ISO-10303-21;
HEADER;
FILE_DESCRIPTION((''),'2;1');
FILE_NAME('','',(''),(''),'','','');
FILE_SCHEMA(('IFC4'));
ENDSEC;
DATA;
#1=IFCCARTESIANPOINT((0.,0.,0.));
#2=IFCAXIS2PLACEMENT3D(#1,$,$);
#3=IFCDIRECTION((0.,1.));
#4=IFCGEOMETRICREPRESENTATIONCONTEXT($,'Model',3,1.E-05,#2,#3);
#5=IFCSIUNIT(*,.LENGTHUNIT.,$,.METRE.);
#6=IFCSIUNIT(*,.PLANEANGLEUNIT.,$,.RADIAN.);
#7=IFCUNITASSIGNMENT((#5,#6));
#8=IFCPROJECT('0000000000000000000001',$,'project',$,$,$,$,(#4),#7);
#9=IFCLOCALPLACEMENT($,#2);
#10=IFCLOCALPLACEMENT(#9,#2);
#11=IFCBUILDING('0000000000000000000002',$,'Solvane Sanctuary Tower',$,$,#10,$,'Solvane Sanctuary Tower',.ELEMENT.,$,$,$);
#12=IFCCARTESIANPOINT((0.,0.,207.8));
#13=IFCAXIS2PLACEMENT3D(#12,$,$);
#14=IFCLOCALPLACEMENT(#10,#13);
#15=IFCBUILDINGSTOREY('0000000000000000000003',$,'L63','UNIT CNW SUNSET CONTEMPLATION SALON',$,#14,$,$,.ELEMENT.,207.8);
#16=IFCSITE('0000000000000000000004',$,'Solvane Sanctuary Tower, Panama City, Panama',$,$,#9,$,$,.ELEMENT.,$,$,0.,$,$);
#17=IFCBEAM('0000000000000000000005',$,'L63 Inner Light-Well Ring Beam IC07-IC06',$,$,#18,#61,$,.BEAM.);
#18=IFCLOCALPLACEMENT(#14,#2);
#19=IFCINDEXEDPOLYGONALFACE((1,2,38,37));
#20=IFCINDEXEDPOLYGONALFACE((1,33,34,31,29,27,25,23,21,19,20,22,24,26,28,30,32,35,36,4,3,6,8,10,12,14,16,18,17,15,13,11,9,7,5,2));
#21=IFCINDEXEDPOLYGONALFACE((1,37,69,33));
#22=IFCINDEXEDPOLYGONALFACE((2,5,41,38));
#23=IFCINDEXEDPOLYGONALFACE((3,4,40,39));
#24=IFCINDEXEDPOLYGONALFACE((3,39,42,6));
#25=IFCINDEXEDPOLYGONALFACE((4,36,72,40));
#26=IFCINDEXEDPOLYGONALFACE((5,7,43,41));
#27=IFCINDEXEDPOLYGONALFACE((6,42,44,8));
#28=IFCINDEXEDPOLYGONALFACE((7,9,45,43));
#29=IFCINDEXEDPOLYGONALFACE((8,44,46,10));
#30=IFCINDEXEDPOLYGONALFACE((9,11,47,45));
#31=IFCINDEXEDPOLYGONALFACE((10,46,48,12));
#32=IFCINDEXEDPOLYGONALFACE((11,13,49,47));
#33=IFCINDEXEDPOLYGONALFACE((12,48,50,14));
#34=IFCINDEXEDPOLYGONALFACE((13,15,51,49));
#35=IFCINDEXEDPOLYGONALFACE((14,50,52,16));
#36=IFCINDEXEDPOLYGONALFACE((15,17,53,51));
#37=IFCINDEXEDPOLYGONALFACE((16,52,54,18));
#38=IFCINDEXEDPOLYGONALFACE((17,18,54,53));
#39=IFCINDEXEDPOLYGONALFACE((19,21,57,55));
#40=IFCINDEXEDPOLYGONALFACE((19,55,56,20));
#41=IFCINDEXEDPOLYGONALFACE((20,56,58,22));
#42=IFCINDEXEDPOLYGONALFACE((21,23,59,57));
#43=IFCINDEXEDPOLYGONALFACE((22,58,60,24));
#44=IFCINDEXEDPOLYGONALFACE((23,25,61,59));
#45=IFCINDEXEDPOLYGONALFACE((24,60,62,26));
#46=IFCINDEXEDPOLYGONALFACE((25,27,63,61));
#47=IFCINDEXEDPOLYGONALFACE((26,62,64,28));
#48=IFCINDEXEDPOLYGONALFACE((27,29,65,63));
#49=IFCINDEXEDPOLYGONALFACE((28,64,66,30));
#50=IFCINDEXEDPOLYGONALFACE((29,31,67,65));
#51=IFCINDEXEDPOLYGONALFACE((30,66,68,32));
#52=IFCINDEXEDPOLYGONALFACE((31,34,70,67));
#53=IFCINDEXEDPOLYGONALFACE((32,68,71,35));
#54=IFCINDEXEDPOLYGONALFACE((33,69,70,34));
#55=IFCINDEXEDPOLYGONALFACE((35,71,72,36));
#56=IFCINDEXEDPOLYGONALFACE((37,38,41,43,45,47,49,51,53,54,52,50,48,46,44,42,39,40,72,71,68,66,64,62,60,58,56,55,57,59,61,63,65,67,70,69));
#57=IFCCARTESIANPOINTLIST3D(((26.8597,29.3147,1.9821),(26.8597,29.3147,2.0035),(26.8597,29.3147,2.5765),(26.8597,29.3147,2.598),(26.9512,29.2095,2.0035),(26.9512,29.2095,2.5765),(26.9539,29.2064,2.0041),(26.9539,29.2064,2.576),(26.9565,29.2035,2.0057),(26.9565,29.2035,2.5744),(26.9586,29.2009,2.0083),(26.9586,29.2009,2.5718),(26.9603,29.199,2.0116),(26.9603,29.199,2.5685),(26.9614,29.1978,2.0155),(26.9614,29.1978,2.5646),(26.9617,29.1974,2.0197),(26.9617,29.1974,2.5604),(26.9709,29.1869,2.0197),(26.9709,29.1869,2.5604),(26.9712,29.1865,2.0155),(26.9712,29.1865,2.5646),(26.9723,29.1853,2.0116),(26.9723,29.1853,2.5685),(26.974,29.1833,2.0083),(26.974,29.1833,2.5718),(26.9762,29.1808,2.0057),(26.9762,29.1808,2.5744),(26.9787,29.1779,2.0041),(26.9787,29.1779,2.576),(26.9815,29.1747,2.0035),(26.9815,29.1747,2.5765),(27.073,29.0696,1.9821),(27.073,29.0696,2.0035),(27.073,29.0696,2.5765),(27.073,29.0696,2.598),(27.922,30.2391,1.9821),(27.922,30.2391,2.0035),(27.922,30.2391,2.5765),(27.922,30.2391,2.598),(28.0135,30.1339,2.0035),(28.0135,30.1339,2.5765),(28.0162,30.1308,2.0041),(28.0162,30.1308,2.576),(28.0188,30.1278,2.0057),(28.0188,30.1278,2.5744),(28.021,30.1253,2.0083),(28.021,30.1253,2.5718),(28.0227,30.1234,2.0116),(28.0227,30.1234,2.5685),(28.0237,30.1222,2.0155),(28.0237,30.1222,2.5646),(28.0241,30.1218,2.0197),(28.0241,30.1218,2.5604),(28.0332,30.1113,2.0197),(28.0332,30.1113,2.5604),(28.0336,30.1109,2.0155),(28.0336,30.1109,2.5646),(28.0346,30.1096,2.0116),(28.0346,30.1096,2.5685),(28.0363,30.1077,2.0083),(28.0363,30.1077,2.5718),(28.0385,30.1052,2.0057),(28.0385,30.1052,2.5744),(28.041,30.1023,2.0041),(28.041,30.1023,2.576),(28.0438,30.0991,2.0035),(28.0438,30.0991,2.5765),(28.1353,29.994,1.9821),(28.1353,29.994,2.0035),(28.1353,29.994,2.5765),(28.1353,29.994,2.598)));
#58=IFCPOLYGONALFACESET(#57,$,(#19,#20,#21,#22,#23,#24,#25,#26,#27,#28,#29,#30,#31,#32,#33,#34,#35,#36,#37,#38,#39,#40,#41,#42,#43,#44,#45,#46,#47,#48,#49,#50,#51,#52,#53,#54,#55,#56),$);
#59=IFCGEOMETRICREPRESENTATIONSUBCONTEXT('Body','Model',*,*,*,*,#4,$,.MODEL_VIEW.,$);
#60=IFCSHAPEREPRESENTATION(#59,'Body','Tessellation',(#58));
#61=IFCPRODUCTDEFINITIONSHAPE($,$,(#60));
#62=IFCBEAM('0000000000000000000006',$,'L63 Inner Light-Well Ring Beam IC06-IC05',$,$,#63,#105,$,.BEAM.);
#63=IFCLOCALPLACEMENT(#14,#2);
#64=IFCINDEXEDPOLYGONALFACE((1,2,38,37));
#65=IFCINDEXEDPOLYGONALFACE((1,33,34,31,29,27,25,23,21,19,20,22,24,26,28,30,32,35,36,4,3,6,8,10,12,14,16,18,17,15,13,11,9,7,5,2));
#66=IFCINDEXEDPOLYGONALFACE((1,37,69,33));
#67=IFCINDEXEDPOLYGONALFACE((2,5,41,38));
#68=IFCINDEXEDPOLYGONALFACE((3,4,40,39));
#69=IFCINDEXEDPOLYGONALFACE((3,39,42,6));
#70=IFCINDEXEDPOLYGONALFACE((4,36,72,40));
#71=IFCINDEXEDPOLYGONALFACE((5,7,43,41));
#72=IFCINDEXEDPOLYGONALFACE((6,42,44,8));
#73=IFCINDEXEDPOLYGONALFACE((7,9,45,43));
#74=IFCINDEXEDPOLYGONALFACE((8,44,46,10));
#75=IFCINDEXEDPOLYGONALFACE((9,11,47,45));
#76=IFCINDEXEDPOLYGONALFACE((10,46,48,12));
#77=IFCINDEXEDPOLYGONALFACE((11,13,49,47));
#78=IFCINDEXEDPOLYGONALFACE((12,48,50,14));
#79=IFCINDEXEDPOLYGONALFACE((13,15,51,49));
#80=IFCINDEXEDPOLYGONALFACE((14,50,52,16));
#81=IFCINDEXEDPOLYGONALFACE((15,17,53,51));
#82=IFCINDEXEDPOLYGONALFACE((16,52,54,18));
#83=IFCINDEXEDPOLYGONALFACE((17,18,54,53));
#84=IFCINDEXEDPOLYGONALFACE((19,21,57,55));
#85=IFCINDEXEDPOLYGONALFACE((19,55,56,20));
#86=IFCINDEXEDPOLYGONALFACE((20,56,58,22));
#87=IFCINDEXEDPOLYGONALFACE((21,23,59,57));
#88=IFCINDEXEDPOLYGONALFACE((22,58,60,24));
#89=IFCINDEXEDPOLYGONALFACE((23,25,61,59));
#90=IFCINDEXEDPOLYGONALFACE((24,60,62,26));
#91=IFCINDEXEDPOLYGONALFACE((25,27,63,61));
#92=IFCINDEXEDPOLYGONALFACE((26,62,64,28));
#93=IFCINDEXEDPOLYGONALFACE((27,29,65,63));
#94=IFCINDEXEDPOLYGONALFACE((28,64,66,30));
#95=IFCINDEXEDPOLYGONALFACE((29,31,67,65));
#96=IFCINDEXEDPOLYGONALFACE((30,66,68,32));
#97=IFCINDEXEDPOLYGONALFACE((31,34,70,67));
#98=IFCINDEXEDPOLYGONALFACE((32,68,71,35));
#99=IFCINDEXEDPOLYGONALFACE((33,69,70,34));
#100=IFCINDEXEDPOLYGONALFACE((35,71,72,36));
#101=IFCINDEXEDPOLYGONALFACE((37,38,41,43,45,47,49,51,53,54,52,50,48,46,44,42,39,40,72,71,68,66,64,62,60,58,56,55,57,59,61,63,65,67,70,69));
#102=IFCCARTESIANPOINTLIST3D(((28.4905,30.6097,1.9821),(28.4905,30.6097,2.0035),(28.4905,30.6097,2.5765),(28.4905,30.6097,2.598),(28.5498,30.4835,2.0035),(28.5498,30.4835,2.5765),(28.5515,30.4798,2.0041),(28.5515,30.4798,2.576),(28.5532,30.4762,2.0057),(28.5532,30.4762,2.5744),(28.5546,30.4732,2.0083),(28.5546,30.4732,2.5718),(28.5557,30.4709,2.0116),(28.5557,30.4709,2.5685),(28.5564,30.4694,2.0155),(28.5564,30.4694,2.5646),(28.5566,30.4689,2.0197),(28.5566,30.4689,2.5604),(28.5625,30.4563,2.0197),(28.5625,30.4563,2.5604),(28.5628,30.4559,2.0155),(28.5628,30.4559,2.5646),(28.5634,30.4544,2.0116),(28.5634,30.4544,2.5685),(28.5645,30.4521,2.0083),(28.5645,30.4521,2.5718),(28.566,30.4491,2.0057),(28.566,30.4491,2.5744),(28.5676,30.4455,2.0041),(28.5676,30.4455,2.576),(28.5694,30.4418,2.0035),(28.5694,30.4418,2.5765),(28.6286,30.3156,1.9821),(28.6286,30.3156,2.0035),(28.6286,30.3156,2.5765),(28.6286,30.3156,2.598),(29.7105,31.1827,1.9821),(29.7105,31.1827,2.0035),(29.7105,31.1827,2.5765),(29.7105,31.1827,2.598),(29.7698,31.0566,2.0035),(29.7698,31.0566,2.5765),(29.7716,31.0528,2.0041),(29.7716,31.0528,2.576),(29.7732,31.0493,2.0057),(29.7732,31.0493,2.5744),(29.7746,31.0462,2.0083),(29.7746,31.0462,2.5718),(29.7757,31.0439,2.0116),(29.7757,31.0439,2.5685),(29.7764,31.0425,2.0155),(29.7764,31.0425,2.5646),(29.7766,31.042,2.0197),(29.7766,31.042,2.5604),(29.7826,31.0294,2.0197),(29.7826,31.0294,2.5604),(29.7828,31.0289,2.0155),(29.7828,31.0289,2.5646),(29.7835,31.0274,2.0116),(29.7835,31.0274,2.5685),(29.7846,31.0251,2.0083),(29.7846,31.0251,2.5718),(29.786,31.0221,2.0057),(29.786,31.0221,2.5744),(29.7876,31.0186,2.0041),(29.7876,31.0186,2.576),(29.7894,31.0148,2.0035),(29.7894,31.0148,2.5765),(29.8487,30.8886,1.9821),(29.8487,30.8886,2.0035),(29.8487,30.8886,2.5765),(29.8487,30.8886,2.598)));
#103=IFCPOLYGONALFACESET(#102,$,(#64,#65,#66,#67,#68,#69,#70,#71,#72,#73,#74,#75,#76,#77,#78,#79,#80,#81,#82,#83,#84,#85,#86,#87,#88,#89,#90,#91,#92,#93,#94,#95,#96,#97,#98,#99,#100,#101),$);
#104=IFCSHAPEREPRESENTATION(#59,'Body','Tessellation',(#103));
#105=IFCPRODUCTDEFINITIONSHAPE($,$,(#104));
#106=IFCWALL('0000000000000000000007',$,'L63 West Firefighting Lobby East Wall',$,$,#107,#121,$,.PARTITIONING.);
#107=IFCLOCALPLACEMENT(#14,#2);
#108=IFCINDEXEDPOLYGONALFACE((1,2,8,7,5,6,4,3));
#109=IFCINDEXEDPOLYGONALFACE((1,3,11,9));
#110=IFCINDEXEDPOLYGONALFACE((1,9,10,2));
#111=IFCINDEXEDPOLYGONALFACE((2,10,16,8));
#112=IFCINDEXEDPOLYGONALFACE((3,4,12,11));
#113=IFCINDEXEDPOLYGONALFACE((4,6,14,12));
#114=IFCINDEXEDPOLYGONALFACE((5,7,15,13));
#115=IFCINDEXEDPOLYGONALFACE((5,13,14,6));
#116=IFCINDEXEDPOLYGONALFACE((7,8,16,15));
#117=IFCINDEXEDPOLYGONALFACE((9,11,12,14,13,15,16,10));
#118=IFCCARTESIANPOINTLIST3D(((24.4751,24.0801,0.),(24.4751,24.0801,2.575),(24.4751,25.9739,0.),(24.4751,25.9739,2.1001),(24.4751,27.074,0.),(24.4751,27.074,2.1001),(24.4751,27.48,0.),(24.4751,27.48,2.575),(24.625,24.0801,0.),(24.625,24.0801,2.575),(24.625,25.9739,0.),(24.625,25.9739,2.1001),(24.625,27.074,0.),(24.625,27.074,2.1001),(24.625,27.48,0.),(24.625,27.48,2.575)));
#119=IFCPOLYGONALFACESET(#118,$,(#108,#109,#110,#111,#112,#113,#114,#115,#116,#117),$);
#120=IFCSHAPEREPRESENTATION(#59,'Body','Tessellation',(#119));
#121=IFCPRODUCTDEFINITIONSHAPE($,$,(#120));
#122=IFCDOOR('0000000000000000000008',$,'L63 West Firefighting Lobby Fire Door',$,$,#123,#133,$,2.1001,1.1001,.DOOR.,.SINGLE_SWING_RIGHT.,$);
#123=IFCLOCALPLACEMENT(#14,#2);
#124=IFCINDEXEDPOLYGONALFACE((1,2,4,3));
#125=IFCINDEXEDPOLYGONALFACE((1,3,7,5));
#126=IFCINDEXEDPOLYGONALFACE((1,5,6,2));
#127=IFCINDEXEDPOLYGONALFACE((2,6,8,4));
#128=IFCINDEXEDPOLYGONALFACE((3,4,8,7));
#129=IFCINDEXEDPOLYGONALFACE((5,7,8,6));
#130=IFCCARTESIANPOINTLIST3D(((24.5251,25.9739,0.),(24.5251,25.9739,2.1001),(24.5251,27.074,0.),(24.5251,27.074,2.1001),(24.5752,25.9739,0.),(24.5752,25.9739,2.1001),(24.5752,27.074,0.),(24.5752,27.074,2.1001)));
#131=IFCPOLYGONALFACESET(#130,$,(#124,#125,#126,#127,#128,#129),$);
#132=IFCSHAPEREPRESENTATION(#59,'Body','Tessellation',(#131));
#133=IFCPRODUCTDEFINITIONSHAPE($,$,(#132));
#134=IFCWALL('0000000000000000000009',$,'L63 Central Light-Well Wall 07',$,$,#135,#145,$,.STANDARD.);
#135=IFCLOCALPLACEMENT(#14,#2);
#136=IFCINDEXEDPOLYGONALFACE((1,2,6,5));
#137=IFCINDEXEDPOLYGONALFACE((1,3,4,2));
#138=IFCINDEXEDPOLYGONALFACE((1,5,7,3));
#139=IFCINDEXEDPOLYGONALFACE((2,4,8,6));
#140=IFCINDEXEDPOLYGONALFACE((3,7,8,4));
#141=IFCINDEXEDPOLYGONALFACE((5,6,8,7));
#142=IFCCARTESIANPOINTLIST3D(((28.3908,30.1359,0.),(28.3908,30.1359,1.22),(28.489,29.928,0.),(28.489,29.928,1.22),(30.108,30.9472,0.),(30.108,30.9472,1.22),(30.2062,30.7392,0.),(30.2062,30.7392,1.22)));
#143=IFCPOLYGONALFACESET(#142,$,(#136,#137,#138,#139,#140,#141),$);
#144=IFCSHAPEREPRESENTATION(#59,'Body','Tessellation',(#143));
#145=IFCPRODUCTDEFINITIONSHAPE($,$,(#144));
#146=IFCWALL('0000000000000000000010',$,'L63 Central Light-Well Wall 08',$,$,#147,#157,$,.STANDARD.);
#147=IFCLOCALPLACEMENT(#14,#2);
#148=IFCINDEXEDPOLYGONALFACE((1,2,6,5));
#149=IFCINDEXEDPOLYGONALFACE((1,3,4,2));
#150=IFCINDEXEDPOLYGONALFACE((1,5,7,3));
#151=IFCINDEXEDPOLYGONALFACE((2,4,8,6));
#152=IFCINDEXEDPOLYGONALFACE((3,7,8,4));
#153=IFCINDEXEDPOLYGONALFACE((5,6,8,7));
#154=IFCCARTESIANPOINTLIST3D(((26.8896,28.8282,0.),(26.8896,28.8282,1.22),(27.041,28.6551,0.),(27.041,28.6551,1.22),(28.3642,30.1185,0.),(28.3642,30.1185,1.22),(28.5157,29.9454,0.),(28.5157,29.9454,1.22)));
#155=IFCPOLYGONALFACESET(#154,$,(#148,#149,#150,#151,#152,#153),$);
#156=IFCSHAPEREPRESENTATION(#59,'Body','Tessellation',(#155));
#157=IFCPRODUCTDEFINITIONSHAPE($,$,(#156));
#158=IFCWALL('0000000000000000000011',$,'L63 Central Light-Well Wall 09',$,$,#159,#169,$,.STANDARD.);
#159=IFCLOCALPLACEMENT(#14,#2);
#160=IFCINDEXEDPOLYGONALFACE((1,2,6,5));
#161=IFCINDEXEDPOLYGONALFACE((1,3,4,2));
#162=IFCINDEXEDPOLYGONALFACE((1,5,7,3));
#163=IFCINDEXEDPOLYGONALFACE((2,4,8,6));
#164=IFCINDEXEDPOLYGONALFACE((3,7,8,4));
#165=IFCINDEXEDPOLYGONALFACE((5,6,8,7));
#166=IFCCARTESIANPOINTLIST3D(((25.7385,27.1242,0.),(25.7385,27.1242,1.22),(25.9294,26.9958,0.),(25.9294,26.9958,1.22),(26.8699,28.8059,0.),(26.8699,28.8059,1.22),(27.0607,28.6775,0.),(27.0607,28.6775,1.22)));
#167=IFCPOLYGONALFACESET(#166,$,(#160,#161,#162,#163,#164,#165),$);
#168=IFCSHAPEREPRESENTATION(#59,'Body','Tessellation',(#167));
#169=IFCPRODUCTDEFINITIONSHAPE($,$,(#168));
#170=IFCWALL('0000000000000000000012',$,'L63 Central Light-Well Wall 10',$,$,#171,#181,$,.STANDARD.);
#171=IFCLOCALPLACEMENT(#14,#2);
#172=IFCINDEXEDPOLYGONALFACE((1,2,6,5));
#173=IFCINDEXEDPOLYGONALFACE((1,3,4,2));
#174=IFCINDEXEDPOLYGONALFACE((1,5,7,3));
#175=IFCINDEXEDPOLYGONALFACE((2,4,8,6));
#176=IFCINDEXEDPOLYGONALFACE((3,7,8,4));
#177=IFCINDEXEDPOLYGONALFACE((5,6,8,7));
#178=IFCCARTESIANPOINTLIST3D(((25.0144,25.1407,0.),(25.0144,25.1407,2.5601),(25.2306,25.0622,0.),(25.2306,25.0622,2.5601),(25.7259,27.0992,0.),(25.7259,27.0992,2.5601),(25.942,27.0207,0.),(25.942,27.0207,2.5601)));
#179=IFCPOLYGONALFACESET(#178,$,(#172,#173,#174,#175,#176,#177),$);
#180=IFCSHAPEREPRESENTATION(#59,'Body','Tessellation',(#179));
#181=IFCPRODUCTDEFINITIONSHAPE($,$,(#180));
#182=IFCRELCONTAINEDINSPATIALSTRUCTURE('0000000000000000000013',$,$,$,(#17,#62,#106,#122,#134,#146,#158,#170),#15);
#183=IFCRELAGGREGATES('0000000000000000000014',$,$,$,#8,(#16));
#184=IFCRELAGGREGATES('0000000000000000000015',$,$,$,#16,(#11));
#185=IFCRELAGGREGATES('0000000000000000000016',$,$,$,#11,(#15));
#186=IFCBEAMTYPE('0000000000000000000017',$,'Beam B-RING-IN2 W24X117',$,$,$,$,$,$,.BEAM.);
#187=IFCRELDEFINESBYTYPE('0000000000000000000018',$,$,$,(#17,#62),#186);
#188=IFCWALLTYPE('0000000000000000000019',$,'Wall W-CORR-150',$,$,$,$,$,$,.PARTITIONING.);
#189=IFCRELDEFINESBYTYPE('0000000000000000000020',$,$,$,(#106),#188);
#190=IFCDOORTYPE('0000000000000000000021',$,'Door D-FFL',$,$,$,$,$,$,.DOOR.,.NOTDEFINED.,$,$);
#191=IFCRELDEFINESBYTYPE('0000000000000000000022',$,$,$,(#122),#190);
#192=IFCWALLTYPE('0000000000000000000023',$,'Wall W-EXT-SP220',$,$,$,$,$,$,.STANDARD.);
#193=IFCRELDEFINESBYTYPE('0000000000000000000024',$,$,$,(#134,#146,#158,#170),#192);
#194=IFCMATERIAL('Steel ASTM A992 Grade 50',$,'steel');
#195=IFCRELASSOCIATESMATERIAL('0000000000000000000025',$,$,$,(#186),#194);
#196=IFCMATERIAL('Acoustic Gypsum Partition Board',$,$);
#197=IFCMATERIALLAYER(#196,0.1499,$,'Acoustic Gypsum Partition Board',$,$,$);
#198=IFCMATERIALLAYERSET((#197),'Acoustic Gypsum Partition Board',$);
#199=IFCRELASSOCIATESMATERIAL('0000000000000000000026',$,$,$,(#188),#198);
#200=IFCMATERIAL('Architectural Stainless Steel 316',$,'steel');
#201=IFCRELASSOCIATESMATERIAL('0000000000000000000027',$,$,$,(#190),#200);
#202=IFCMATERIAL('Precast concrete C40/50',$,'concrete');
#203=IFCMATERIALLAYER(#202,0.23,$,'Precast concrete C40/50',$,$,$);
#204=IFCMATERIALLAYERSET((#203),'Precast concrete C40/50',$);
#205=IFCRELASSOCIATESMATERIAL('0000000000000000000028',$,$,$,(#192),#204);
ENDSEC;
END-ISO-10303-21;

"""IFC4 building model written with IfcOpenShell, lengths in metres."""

from ifc_helpers import new_model, si_unit, direction, frame, frame_2d, origin, origin_2d, place, context, subcontext, project, spatial, rectangle, i_section, extrude, material, layer, layer_set, material_profile, profile_set, type_object, element, fill, save


model = new_model("IFC4")

# Units and contexts
model_context = context("Model", 3, precision=1e-05, world=origin(), true_north=direction((0.0, 1.0)))
body_context = subcontext(model_context, "Body", "Model", "MODEL_VIEW")
ifc_project = project(units=[si_unit("LENGTHUNIT", "METRE"), si_unit("PLANEANGLEUNIT", "RADIAN")], contexts=[model_context])

# Site, building, storey
site_placement = place(None, origin())
site = spatial("IfcSite", under=ifc_project, at=site_placement, Name="Solvane Sanctuary Tower, Panama City, Panama", CompositionType="ELEMENT", RefElevation=0.0)
building_placement = place(site_placement, origin())
building = spatial("IfcBuilding", under=site, at=building_placement, Name="Solvane Sanctuary Tower", LongName="Solvane Sanctuary Tower", CompositionType="ELEMENT")
storey_placement = place(building_placement, frame((0.0, 0.0, 207.8)))
storey = spatial("IfcBuildingStorey", under=building, at=storey_placement, Name="L63", Description="UNIT CNW SUNSET CONTEMPLATION SALON", CompositionType="ELEMENT", Elevation=207.8)

# Beams
ifc_material_1 = material(Name="Steel ASTM A992 Grade 50", Category="steel")
ifc_material_profile_1 = material_profile(ifc_material_1, i_section(OverallWidth=0.325, OverallDepth=0.616, WebThickness=0.0139, FlangeThickness=0.0215, FilletRadius=0.0161, at=origin_2d()), Name="W24X117")
ifc_profile_set_1 = profile_set([ifc_material_profile_1], Name="Steel ASTM A992 Grade 50")
beam_type_1 = type_object("IfcBeamType", Name="Beam B-RING-IN2 W24X117", PredefinedType="BEAM", material=ifc_profile_set_1)
beam_1_placement = place(storey_placement, frame((26.9663, 29.1921, 2.29), z_axis=(0.754389, 0.656428, 0.0), x_axis=(-0.656428, 0.754389, 0.0)))
element("IfcBeam", 1, at=beam_1_placement, inside=storey, type_object=beam_type_1, Name="L63 Inner Light-Well Ring Beam IC07-IC06", PredefinedType="BEAM", context=body_context, shape_type="SweptSolid", body=[
    extrude(i_section(OverallWidth=0.325, OverallDepth=0.616, WebThickness=0.0139, FlangeThickness=0.0215, FilletRadius=0.0161, at=origin_2d()), origin(), (0.0, 0.0, 1.0), 1.4082),
])
beam_2_placement = place(storey_placement, frame((28.5596, 30.4626, 2.29), z_axis=(0.905135, 0.425125, 0.0), x_axis=(-0.425125, 0.905135, 0.0)))
element("IfcBeam", 2, at=beam_2_placement, inside=storey, type_object=beam_type_1, Name="L63 Inner Light-Well Ring Beam IC06-IC05", PredefinedType="BEAM", context=body_context, shape_type="SweptSolid", body=[
    extrude(i_section(OverallWidth=0.325, OverallDepth=0.616, WebThickness=0.0139, FlangeThickness=0.0215, FilletRadius=0.0161, at=origin_2d()), origin(), (0.0, 0.0, 1.0), 1.3479),
])

# Wall, opening, door
ifc_material_2 = material(Name="Acoustic Gypsum Partition Board")
ifc_layer_1 = layer(ifc_material_2, 0.1499, Name="Acoustic Gypsum Partition Board")
ifc_layer_set_1 = layer_set([ifc_layer_1], Name="Acoustic Gypsum Partition Board")
wall_type_1 = type_object("IfcWallType", Name="Wall W-CORR-150", PredefinedType="PARTITIONING", material=ifc_layer_set_1)
wall_1_placement = place(storey_placement, frame((24.55, 24.0801, 0.0), z_axis=(0.0, 0.0, 1.0), x_axis=(0.0, 1.0, 0.0)))
wall_1 = element("IfcWall", 3, at=wall_1_placement, inside=storey, type_object=wall_type_1, Name="L63 West Firefighting Lobby East Wall", PredefinedType="PARTITIONING", context=body_context, shape_type="SweptSolid", body=[
    extrude(rectangle(XDim=3.3999, YDim=0.1499, at=frame_2d((1.7, 0.0))), origin(), (0.0, 0.0, 1.0), 2.575),
])
opening_1_placement = place(wall_1_placement, frame((1.8938, 0.0, 0.0)))
opening_1 = element("IfcOpeningElement", 4, at=opening_1_placement, cuts=wall_1, PredefinedType="OPENING", context=body_context, shape_type="SweptSolid", body=[
    extrude(rectangle(XDim=1.1001, YDim=2.1001, at=frame_2d((0.55, 1.05))), frame((0.0, 0.085, 0.0), z_axis=(0.0, -1.0, 0.0), x_axis=(1.0, 0.0, 0.0)), (0.0, 0.0, 1.0), 0.1699),
])
ifc_material_3 = material(Name="Architectural Stainless Steel 316", Category="steel")
door_type_1 = type_object("IfcDoorType", Name="Door D-FFL", OperationType="NOTDEFINED", PredefinedType="DOOR", material=ifc_material_3)
door_1_placement = place(opening_1_placement, origin())
door_1 = element("IfcDoor", 5, at=door_1_placement, inside=storey, type_object=door_type_1, Name="L63 West Firefighting Lobby Fire Door", OperationType="SINGLE_SWING_RIGHT", OverallHeight=2.1001, OverallWidth=1.1001, PredefinedType="DOOR", context=body_context, shape_type="SweptSolid", body=[
    extrude(rectangle(XDim=1.1001, YDim=2.1001, at=frame_2d((0.55, 1.05))), frame((0.0, 0.0249, 0.0), z_axis=(0.0, -1.0, 0.0), x_axis=(1.0, 0.0, 0.0)), (0.0, 0.0, 1.0), 0.05),
])
fill(opening_1, door_1)

# Walls
ifc_material_4 = material(Name="Precast concrete C40/50", Category="concrete")
ifc_layer_2 = layer(ifc_material_4, 0.23, Name="Precast concrete C40/50")
ifc_layer_set_2 = layer_set([ifc_layer_2], Name="Precast concrete C40/50")
wall_type_2 = type_object("IfcWallType", Name="Wall W-EXT-SP220", PredefinedType="STANDARD", material=ifc_layer_set_2)
wall_2_placement = place(storey_placement, frame((30.1572, 30.8433, 0.0), z_axis=(0.0, 0.0, 1.0), x_axis=(-0.90418, -0.427152, 0.0)))
element("IfcWall", 6, at=wall_2_placement, inside=storey, type_object=wall_type_2, Name="L63 Central Light-Well Wall 07", PredefinedType="STANDARD", context=body_context, shape_type="SweptSolid", body=[
    extrude(rectangle(XDim=1.8992, YDim=0.23, at=frame_2d((0.9497, 0.0))), origin(), (0.0, 0.0, 1.0), 1.22),
])
wall_3_placement = place(storey_placement, frame((28.4399, 30.032, 0.0), z_axis=(0.0, 0.0, 1.0), x_axis=(-0.752577, -0.658505, 0.0)))
element("IfcWall", 7, at=wall_3_placement, inside=storey, type_object=wall_type_2, Name="L63 Central Light-Well Wall 08", PredefinedType="STANDARD", context=body_context, shape_type="SweptSolid", body=[
    extrude(rectangle(XDim=1.9595, YDim=0.23, at=frame_2d((0.9797, 0.0))), origin(), (0.0, 0.0, 1.0), 1.22),
])
wall_4_placement = place(storey_placement, frame((26.9653, 28.7417, 0.0), z_axis=(0.0, 0.0, 1.0), x_axis=(-0.558198, -0.829708, 0.0)))
element("IfcWall", 8, at=wall_4_placement, inside=storey, type_object=wall_type_2, Name="L63 Central Light-Well Wall 09", PredefinedType="STANDARD", context=body_context, shape_type="SweptSolid", body=[
    extrude(rectangle(XDim=2.0269, YDim=0.23, at=frame_2d((1.0134, 0.0))), origin(), (0.0, 0.0, 1.0), 1.22),
])
wall_5_placement = place(storey_placement, frame((25.834, 27.0601, 0.0), z_axis=(0.0, 0.0, 1.0), x_axis=(-0.341423, -0.93991, 0.0)))
element("IfcWall", 9, at=wall_5_placement, inside=storey, type_object=wall_type_2, Name="L63 Central Light-Well Wall 10", PredefinedType="STANDARD", context=body_context, shape_type="SweptSolid", body=[
    extrude(rectangle(XDim=2.0837, YDim=0.23, at=frame_2d((1.042, 0.0))), origin(), (0.0, 0.0, 1.0), 2.5601),
])

save(model, "model.ifc")
